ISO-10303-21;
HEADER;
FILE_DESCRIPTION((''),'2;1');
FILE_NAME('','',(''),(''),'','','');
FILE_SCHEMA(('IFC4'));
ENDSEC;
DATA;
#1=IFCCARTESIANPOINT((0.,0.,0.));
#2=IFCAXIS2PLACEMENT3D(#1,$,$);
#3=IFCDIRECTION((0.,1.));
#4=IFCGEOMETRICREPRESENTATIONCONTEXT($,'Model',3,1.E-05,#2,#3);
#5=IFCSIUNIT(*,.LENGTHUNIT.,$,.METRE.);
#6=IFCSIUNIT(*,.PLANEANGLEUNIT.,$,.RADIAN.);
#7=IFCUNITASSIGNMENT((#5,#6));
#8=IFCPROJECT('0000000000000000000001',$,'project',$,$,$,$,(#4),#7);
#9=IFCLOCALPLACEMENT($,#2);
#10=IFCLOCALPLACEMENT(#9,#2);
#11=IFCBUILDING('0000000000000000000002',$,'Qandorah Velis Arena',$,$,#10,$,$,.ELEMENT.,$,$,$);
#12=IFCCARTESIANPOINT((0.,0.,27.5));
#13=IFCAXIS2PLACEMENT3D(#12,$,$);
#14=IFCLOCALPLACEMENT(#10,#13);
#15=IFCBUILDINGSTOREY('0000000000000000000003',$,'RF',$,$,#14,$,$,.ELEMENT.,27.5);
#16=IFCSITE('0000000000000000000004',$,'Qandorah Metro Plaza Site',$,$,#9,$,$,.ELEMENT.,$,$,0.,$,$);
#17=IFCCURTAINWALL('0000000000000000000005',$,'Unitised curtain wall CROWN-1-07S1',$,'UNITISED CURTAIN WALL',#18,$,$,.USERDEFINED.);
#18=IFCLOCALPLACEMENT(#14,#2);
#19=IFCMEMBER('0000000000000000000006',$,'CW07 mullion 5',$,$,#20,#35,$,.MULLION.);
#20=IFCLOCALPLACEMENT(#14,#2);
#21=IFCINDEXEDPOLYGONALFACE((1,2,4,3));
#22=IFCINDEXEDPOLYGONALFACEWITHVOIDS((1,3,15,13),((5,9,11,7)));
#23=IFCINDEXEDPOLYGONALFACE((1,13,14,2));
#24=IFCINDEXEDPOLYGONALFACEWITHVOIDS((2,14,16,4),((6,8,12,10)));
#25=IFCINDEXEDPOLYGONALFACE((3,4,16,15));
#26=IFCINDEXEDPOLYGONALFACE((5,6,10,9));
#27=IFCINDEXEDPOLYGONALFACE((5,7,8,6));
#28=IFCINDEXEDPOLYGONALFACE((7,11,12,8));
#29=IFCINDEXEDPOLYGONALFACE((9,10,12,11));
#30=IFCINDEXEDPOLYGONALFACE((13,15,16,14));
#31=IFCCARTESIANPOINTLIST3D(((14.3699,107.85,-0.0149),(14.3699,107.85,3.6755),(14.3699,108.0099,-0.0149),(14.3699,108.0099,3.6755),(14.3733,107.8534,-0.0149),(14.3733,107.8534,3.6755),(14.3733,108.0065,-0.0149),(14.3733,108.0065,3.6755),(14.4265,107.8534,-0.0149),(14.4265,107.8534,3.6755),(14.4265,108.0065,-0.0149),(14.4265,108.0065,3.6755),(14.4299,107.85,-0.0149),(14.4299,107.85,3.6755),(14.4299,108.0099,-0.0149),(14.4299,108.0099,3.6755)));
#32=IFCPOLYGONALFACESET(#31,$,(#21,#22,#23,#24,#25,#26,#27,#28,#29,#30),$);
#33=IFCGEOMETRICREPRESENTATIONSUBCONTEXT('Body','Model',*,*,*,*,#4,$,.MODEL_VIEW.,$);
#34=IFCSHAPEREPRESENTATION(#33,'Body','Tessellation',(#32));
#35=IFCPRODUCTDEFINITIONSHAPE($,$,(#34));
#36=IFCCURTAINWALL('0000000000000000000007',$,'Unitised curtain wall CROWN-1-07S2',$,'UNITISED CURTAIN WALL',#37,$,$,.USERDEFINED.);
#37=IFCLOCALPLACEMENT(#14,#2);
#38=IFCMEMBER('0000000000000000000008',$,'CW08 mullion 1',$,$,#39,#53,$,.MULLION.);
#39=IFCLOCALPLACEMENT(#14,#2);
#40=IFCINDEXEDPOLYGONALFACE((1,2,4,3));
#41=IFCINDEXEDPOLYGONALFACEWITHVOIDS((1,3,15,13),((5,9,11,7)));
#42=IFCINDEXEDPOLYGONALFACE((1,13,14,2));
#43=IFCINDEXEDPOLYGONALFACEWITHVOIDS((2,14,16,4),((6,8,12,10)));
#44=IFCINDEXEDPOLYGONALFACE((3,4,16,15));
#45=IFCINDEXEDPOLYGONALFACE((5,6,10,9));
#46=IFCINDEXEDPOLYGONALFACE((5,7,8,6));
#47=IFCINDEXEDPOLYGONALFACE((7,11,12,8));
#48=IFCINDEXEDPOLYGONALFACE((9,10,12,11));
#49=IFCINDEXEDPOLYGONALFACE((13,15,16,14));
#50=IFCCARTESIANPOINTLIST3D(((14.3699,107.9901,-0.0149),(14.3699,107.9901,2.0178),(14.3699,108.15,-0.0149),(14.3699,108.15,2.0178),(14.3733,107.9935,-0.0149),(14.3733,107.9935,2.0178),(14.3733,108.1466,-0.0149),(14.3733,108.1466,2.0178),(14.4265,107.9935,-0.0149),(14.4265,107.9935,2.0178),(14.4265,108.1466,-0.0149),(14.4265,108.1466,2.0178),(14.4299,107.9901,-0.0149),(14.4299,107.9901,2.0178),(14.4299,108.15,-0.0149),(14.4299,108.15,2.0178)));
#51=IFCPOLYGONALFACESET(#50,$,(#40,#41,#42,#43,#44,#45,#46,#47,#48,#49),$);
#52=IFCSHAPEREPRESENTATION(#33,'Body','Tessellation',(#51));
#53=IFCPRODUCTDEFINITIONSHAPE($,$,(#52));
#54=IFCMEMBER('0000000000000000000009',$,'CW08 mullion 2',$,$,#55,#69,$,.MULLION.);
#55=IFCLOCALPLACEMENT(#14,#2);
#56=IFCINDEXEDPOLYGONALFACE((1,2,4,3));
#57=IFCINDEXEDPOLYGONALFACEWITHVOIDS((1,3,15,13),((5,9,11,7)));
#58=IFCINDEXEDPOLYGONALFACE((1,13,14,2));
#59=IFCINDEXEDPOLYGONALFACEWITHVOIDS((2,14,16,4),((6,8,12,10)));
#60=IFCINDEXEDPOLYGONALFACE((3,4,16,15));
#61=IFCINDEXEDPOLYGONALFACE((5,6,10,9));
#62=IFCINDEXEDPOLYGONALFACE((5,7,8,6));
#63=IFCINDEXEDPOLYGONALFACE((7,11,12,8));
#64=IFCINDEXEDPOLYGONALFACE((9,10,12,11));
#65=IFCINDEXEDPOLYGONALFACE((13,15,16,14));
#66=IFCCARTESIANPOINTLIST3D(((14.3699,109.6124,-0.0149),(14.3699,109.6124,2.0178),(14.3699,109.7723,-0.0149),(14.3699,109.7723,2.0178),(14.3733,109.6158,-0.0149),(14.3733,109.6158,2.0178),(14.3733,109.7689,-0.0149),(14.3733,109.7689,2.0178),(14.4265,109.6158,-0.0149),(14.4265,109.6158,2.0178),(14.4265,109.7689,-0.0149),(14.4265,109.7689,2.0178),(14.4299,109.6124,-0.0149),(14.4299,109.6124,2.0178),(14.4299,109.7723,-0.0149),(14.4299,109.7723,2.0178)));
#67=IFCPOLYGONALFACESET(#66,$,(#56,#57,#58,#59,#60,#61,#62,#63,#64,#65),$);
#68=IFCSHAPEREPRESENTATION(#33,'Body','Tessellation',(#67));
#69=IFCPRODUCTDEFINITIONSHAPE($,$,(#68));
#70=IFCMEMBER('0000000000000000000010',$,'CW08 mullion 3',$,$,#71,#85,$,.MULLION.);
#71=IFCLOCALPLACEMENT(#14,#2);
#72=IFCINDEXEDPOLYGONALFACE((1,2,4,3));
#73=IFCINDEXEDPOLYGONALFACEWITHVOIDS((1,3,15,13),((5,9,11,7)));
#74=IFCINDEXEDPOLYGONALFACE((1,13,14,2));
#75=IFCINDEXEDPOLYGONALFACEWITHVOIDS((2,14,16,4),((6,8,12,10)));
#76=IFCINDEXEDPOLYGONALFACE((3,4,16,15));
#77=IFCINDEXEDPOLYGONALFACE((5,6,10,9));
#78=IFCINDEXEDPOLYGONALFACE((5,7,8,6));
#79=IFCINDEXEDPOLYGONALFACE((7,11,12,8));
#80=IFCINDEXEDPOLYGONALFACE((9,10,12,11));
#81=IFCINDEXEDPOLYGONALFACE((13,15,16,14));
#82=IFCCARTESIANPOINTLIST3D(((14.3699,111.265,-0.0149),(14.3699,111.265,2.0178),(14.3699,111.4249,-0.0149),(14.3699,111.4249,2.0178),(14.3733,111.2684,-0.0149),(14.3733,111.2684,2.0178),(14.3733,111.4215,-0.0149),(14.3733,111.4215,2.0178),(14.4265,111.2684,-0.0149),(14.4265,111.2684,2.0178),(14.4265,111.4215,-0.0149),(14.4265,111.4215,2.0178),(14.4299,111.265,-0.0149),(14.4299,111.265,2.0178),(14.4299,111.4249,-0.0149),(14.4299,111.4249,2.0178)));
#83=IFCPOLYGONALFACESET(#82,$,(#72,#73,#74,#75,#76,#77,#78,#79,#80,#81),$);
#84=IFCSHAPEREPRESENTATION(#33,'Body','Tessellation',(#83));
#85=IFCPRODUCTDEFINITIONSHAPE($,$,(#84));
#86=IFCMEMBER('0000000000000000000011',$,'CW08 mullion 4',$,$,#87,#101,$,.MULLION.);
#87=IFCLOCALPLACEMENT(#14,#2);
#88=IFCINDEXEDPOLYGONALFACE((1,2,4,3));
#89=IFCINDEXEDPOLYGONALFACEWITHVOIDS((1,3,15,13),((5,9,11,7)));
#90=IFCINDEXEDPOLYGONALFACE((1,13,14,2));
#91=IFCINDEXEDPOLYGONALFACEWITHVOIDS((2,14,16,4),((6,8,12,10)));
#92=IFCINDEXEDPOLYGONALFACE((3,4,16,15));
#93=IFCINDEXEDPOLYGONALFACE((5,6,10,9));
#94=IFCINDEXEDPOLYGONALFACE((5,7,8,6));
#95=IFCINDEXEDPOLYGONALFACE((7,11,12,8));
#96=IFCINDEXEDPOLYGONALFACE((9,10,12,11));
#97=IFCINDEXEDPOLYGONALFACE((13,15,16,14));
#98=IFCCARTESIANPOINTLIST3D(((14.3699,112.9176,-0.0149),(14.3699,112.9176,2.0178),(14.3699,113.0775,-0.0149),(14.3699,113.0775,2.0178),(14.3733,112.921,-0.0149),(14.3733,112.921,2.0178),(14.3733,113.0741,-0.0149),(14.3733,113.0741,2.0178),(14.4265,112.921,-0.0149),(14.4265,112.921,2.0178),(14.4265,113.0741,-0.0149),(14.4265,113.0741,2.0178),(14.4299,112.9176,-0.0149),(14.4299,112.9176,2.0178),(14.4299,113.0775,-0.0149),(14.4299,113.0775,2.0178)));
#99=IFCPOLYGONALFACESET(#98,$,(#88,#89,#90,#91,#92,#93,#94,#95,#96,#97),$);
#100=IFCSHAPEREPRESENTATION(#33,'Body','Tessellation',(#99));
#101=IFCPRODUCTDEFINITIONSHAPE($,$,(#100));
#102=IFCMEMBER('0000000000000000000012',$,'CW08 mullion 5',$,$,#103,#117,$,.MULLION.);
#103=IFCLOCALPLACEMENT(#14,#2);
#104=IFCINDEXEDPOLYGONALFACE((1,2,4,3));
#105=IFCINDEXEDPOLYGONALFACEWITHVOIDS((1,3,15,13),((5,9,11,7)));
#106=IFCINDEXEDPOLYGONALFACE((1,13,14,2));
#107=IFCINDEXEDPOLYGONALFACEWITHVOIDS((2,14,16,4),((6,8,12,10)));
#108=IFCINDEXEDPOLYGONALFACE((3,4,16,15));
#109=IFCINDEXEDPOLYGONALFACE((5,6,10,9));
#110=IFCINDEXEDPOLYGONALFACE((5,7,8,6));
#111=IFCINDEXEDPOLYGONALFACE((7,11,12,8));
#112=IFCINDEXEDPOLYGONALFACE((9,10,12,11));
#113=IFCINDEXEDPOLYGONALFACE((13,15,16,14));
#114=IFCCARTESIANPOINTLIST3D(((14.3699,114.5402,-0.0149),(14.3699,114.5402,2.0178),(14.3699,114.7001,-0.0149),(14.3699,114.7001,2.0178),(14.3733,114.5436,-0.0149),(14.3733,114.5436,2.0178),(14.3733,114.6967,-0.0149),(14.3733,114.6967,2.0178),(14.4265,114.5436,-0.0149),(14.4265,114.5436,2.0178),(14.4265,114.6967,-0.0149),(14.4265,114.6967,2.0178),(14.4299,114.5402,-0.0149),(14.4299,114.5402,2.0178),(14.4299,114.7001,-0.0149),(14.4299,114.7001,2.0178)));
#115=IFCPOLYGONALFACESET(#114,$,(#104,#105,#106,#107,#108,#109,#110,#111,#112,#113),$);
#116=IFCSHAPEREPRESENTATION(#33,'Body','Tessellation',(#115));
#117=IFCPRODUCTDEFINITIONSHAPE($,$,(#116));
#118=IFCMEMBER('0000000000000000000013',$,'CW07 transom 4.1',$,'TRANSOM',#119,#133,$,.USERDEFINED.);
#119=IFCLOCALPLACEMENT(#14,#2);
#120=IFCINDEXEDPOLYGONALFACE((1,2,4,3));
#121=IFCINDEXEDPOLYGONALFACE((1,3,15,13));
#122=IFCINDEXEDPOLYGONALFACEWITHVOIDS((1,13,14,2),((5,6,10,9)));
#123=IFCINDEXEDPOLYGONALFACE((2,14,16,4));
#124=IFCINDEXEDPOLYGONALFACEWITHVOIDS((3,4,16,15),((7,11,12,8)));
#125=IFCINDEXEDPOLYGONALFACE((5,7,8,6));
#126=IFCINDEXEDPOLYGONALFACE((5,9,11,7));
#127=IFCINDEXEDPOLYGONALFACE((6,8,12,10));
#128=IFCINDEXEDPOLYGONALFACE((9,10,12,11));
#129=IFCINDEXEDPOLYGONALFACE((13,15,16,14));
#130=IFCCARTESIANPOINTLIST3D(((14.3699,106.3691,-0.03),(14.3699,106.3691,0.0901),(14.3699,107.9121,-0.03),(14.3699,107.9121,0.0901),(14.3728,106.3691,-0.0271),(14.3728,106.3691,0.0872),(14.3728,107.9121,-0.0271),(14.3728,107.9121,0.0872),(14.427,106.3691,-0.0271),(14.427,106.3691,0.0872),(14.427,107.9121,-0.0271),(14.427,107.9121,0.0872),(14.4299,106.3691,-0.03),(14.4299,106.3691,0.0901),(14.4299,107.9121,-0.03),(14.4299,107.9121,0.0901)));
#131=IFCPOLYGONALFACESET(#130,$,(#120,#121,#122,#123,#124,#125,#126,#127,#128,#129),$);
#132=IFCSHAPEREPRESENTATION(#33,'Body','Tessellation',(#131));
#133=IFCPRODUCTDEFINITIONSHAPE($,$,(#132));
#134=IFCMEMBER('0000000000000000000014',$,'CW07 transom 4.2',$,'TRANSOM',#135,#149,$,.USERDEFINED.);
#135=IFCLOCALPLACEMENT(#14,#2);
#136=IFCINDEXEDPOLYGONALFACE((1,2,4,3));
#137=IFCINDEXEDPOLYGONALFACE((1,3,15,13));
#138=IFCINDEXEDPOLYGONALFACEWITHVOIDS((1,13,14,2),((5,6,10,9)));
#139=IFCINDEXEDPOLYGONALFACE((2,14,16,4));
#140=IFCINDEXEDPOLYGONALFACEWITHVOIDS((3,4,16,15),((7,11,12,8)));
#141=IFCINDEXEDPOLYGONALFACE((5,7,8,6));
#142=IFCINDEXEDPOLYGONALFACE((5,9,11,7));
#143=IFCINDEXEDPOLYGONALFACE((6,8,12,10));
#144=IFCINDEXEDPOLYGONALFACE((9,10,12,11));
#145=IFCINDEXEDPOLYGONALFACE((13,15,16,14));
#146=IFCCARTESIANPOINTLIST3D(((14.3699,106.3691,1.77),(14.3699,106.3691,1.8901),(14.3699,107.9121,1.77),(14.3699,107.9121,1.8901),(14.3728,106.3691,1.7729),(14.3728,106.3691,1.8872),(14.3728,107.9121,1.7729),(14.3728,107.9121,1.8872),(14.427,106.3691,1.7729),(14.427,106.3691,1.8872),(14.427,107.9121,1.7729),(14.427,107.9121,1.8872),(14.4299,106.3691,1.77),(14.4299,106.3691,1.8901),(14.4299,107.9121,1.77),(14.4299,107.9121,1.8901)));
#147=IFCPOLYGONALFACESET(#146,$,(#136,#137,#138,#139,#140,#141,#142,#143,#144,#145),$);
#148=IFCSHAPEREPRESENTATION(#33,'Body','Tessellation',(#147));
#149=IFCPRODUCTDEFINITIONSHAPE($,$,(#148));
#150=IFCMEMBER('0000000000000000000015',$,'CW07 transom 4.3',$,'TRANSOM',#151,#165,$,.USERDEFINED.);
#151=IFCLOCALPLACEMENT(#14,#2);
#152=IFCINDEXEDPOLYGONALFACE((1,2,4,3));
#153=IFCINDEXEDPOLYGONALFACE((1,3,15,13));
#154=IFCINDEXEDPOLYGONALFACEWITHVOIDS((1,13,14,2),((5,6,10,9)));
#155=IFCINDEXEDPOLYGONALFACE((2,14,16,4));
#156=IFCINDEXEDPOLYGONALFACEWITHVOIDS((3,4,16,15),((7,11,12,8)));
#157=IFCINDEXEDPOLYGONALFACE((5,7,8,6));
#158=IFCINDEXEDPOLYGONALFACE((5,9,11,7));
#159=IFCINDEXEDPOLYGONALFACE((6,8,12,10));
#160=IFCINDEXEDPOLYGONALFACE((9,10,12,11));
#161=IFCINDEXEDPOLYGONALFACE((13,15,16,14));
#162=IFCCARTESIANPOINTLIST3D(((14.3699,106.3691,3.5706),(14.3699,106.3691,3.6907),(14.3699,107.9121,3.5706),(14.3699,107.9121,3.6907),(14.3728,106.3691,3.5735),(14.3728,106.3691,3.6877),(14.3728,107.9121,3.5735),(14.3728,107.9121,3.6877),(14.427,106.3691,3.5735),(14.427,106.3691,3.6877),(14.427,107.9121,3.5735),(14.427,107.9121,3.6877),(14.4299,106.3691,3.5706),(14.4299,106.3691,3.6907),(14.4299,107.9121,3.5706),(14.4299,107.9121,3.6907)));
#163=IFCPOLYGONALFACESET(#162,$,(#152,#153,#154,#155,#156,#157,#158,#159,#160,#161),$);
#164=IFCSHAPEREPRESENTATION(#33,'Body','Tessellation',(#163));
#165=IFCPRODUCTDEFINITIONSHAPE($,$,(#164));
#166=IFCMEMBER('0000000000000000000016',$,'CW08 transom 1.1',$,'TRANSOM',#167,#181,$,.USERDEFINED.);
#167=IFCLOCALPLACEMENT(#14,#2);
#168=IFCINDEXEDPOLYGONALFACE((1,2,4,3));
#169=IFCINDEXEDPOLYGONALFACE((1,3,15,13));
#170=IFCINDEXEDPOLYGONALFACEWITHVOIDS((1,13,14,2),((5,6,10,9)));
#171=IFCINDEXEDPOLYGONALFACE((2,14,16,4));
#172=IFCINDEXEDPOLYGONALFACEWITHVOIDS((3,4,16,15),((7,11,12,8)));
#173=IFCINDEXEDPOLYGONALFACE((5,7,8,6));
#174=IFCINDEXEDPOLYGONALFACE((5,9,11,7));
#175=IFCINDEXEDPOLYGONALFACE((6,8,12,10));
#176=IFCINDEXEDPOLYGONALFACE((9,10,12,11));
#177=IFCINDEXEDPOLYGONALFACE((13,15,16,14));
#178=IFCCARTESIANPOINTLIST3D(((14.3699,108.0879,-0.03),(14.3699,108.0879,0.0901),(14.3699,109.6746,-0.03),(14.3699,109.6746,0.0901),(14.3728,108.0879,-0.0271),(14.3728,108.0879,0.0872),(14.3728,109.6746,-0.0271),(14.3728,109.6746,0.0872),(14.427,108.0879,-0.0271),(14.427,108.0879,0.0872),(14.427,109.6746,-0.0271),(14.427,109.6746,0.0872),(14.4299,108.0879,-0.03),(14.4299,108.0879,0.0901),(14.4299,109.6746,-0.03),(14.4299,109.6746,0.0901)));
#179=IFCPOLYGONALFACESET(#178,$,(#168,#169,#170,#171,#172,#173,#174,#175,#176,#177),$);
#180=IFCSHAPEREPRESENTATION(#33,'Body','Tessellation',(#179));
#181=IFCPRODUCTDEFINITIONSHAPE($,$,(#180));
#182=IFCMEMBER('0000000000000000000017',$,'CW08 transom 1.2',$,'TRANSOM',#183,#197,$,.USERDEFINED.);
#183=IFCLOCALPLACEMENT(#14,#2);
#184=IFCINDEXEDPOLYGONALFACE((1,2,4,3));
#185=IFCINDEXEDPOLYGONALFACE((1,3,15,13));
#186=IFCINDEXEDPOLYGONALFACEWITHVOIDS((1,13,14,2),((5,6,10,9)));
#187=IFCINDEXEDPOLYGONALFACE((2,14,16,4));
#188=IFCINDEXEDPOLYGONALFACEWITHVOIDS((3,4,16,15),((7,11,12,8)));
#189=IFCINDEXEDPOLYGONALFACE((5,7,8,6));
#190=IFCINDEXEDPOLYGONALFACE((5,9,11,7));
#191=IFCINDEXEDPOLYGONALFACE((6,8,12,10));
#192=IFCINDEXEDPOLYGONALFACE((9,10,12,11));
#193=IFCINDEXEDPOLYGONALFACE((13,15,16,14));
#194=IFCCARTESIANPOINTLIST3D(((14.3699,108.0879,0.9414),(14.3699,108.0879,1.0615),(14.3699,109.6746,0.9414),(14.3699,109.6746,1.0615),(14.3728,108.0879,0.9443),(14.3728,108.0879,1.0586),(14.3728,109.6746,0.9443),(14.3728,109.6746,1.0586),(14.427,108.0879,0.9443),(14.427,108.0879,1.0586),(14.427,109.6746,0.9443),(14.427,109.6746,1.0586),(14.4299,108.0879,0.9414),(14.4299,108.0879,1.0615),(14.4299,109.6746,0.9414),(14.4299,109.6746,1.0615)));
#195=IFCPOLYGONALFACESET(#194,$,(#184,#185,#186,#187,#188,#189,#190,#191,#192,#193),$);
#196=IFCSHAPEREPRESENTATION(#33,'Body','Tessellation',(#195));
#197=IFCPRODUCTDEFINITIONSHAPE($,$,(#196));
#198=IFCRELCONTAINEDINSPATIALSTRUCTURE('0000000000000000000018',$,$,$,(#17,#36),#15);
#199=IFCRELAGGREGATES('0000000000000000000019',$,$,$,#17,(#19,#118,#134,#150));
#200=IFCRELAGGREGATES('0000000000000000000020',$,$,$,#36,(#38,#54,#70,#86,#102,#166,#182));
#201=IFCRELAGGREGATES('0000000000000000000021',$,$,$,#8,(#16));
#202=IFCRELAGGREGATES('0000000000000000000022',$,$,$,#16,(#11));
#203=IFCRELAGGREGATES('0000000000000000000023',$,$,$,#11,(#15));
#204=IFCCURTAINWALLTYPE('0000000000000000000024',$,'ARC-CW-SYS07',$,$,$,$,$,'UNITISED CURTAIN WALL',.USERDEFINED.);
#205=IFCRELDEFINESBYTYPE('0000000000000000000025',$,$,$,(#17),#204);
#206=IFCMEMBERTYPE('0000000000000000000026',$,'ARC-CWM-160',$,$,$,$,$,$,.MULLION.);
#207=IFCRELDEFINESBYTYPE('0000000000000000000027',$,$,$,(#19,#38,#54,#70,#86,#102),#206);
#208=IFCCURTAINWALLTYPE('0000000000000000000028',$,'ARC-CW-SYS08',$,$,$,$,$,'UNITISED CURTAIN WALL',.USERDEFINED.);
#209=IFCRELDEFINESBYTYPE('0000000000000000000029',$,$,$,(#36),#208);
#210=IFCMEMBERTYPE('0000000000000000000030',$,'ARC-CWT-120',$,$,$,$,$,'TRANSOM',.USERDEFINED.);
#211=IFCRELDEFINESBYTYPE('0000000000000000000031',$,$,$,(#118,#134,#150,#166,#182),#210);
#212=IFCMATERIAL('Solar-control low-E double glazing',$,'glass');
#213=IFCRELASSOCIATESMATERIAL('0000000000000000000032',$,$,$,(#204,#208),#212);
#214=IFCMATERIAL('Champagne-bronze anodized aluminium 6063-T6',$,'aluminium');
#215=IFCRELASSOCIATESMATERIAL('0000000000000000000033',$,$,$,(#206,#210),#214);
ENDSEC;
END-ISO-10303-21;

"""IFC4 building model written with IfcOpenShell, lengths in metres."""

from ifc_helpers import new_model, si_unit, direction, frame, origin, origin_2d, place, context, subcontext, project, spatial, hollow_rectangle, extrude, material, material_profile, profile_set, type_object, element, aggregate, save


model = new_model("IFC4")

# Units and contexts
model_context = context("Model", 3, precision=1e-05, world=origin(), true_north=direction((0.0, 1.0)))
body_context = subcontext(model_context, "Body", "Model", "MODEL_VIEW")
ifc_project = project(units=[si_unit("LENGTHUNIT", "METRE"), si_unit("PLANEANGLEUNIT", "RADIAN")], contexts=[model_context])

# Site, building, storey
site_placement = place(None, origin())
site = spatial("IfcSite", under=ifc_project, at=site_placement, Name="Qandorah Metro Plaza Site", CompositionType="ELEMENT", RefElevation=0.0)
building_placement = place(site_placement, origin())
building = spatial("IfcBuilding", under=site, at=building_placement, Name="Qandorah Velis Arena", CompositionType="ELEMENT")
storey_placement = place(building_placement, frame((0.0, 0.0, 27.5)))
storey = spatial("IfcBuildingStorey", under=building, at=storey_placement, Name="RF", CompositionType="ELEMENT", Elevation=27.5)

# Curtain wall, member
ifc_material_1 = material(Name="Solar-control low-E double glazing", Category="glass")
curtain_wall_type_1 = type_object("IfcCurtainWallType", Name="ARC-CW-SYS07", ElementType="UNITISED CURTAIN WALL", PredefinedType="USERDEFINED", material=ifc_material_1)
curtain_wall_1_placement = place(storey_placement, origin())
curtain_wall_1 = element("IfcCurtainWall", 1, at=curtain_wall_1_placement, inside=storey, type_object=curtain_wall_type_1, Name="Unitised curtain wall CROWN-1-07S1", ObjectType="UNITISED CURTAIN WALL", PredefinedType="USERDEFINED")
ifc_material_2 = material(Name="Champagne-bronze anodized aluminium 6063-T6", Category="aluminium")
ifc_material_profile_1 = material_profile(ifc_material_2, hollow_rectangle(XDim=0.0601, YDim=0.1599, WallThickness=0.0034, at=origin_2d()), Name="ALU MULLION 60x160")
ifc_profile_set_1 = profile_set([ifc_material_profile_1], Name="Champagne-bronze anodized aluminium 6063-T6")
member_type_1 = type_object("IfcMemberType", Name="ARC-CWM-160", PredefinedType="MULLION", material=ifc_profile_set_1)
member_1_placement = place(storey_placement, frame((14.3999, 107.9299, -0.0149), z_axis=(0.0, 0.0, 1.0), x_axis=(-1.0, 0.0, 0.0)))
member_1 = element("IfcMember", 2, at=member_1_placement, type_object=member_type_1, Name="CW07 mullion 5", PredefinedType="MULLION", context=body_context, shape_type="SweptSolid", body=[
    extrude(hollow_rectangle(XDim=0.0601, YDim=0.1599, WallThickness=0.0034, at=origin_2d()), origin(), (0.0, 0.0, 1.0), 3.6904),
])

# Curtain wall, members
curtain_wall_type_2 = type_object("IfcCurtainWallType", Name="ARC-CW-SYS08", ElementType="UNITISED CURTAIN WALL", PredefinedType="USERDEFINED", material=ifc_material_1)
curtain_wall_2_placement = place(storey_placement, origin())
curtain_wall_2 = element("IfcCurtainWall", 3, at=curtain_wall_2_placement, inside=storey, type_object=curtain_wall_type_2, Name="Unitised curtain wall CROWN-1-07S2", ObjectType="UNITISED CURTAIN WALL", PredefinedType="USERDEFINED")
member_2_placement = place(storey_placement, frame((14.3999, 108.0701, -0.0149), z_axis=(0.0, 0.0, 1.0), x_axis=(-1.0, 0.0, 0.0)))
member_2 = element("IfcMember", 4, at=member_2_placement, type_object=member_type_1, Name="CW08 mullion 1", PredefinedType="MULLION", context=body_context, shape_type="SweptSolid", body=[
    extrude(hollow_rectangle(XDim=0.0601, YDim=0.1599, WallThickness=0.0034, at=origin_2d()), origin(), (0.0, 0.0, 1.0), 2.0327),
])
member_3_placement = place(storey_placement, frame((14.3999, 109.6924, -0.0149), z_axis=(0.0, 0.0, 1.0), x_axis=(-1.0, 0.0, 0.0)))
member_3 = element("IfcMember", 5, at=member_3_placement, type_object=member_type_1, Name="CW08 mullion 2", PredefinedType="MULLION", context=body_context, shape_type="SweptSolid", body=[
    extrude(hollow_rectangle(XDim=0.0601, YDim=0.1599, WallThickness=0.0034, at=origin_2d()), origin(), (0.0, 0.0, 1.0), 2.0327),
])
member_4_placement = place(storey_placement, frame((14.3999, 111.345, -0.0149), z_axis=(0.0, 0.0, 1.0), x_axis=(-1.0, 0.0, 0.0)))
member_4 = element("IfcMember", 6, at=member_4_placement, type_object=member_type_1, Name="CW08 mullion 3", PredefinedType="MULLION", context=body_context, shape_type="SweptSolid", body=[
    extrude(hollow_rectangle(XDim=0.0601, YDim=0.1599, WallThickness=0.0034, at=origin_2d()), origin(), (0.0, 0.0, 1.0), 2.0327),
])
member_5_placement = place(storey_placement, frame((14.3999, 112.9976, -0.0149), z_axis=(0.0, 0.0, 1.0), x_axis=(-1.0, 0.0, 0.0)))
member_5 = element("IfcMember", 7, at=member_5_placement, type_object=member_type_1, Name="CW08 mullion 4", PredefinedType="MULLION", context=body_context, shape_type="SweptSolid", body=[
    extrude(hollow_rectangle(XDim=0.0601, YDim=0.1599, WallThickness=0.0034, at=origin_2d()), origin(), (0.0, 0.0, 1.0), 2.0327),
])
member_6_placement = place(storey_placement, frame((14.3999, 114.6201, -0.0149), z_axis=(0.0, 0.0, 1.0), x_axis=(-1.0, 0.0, 0.0)))
member_6 = element("IfcMember", 8, at=member_6_placement, type_object=member_type_1, Name="CW08 mullion 5", PredefinedType="MULLION", context=body_context, shape_type="SweptSolid", body=[
    extrude(hollow_rectangle(XDim=0.0601, YDim=0.1599, WallThickness=0.0034, at=origin_2d()), origin(), (0.0, 0.0, 1.0), 2.0327),
])

# Members
ifc_material_profile_2 = material_profile(ifc_material_2, hollow_rectangle(XDim=0.0601, YDim=0.1201, WallThickness=0.0029, at=origin_2d()), Name="ALU TRANSOM 60x120")
ifc_profile_set_2 = profile_set([ifc_material_profile_2], Name="Champagne-bronze anodized aluminium 6063-T6")
member_type_2 = type_object("IfcMemberType", Name="ARC-CWT-120", ElementType="TRANSOM", PredefinedType="USERDEFINED", material=ifc_profile_set_2)
member_7_placement = place(storey_placement, frame((14.3999, 106.3691, 0.03), z_axis=(0.0, 1.0, 0.0), x_axis=(-1.0, 0.0, 0.0)))
member_7 = element("IfcMember", 9, at=member_7_placement, type_object=member_type_2, Name="CW07 transom 4.1", ObjectType="TRANSOM", PredefinedType="USERDEFINED", context=body_context, shape_type="SweptSolid", body=[
    extrude(hollow_rectangle(XDim=0.0601, YDim=0.1201, WallThickness=0.0029, at=origin_2d()), origin(), (0.0, 0.0, 1.0), 1.543),
])
member_8_placement = place(storey_placement, frame((14.3999, 106.3691, 1.8301), z_axis=(0.0, 1.0, 0.0), x_axis=(-1.0, 0.0, 0.0)))
member_8 = element("IfcMember", 10, at=member_8_placement, type_object=member_type_2, Name="CW07 transom 4.2", ObjectType="TRANSOM", PredefinedType="USERDEFINED", context=body_context, shape_type="SweptSolid", body=[
    extrude(hollow_rectangle(XDim=0.0601, YDim=0.1201, WallThickness=0.0029, at=origin_2d()), origin(), (0.0, 0.0, 1.0), 1.543),
])
member_9_placement = place(storey_placement, frame((14.3999, 106.3691, 3.6306), z_axis=(0.0, 1.0, 0.0), x_axis=(-1.0, 0.0, 0.0)))
member_9 = element("IfcMember", 11, at=member_9_placement, type_object=member_type_2, Name="CW07 transom 4.3", ObjectType="TRANSOM", PredefinedType="USERDEFINED", context=body_context, shape_type="SweptSolid", body=[
    extrude(hollow_rectangle(XDim=0.0601, YDim=0.1201, WallThickness=0.0029, at=origin_2d()), origin(), (0.0, 0.0, 1.0), 1.543),
])
member_10_placement = place(storey_placement, frame((14.3999, 108.0879, 0.03), z_axis=(0.0, 1.0, 0.0), x_axis=(-1.0, 0.0, 0.0)))
member_10 = element("IfcMember", 12, at=member_10_placement, type_object=member_type_2, Name="CW08 transom 1.1", ObjectType="TRANSOM", PredefinedType="USERDEFINED", context=body_context, shape_type="SweptSolid", body=[
    extrude(hollow_rectangle(XDim=0.0601, YDim=0.1201, WallThickness=0.0029, at=origin_2d()), origin(), (0.0, 0.0, 1.0), 1.5867),
])
member_11_placement = place(storey_placement, frame((14.3999, 108.0879, 1.0015), z_axis=(0.0, 1.0, 0.0), x_axis=(-1.0, 0.0, 0.0)))
member_11 = element("IfcMember", 13, at=member_11_placement, type_object=member_type_2, Name="CW08 transom 1.2", ObjectType="TRANSOM", PredefinedType="USERDEFINED", context=body_context, shape_type="SweptSolid", body=[
    extrude(hollow_rectangle(XDim=0.0601, YDim=0.1201, WallThickness=0.0029, at=origin_2d()), origin(), (0.0, 0.0, 1.0), 1.5867),
])

aggregate(curtain_wall_1, [member_1, member_7, member_8, member_9])
aggregate(curtain_wall_2, [member_2, member_3, member_4, member_5, member_6, member_10, member_11])

save(model, "model.ifc")
